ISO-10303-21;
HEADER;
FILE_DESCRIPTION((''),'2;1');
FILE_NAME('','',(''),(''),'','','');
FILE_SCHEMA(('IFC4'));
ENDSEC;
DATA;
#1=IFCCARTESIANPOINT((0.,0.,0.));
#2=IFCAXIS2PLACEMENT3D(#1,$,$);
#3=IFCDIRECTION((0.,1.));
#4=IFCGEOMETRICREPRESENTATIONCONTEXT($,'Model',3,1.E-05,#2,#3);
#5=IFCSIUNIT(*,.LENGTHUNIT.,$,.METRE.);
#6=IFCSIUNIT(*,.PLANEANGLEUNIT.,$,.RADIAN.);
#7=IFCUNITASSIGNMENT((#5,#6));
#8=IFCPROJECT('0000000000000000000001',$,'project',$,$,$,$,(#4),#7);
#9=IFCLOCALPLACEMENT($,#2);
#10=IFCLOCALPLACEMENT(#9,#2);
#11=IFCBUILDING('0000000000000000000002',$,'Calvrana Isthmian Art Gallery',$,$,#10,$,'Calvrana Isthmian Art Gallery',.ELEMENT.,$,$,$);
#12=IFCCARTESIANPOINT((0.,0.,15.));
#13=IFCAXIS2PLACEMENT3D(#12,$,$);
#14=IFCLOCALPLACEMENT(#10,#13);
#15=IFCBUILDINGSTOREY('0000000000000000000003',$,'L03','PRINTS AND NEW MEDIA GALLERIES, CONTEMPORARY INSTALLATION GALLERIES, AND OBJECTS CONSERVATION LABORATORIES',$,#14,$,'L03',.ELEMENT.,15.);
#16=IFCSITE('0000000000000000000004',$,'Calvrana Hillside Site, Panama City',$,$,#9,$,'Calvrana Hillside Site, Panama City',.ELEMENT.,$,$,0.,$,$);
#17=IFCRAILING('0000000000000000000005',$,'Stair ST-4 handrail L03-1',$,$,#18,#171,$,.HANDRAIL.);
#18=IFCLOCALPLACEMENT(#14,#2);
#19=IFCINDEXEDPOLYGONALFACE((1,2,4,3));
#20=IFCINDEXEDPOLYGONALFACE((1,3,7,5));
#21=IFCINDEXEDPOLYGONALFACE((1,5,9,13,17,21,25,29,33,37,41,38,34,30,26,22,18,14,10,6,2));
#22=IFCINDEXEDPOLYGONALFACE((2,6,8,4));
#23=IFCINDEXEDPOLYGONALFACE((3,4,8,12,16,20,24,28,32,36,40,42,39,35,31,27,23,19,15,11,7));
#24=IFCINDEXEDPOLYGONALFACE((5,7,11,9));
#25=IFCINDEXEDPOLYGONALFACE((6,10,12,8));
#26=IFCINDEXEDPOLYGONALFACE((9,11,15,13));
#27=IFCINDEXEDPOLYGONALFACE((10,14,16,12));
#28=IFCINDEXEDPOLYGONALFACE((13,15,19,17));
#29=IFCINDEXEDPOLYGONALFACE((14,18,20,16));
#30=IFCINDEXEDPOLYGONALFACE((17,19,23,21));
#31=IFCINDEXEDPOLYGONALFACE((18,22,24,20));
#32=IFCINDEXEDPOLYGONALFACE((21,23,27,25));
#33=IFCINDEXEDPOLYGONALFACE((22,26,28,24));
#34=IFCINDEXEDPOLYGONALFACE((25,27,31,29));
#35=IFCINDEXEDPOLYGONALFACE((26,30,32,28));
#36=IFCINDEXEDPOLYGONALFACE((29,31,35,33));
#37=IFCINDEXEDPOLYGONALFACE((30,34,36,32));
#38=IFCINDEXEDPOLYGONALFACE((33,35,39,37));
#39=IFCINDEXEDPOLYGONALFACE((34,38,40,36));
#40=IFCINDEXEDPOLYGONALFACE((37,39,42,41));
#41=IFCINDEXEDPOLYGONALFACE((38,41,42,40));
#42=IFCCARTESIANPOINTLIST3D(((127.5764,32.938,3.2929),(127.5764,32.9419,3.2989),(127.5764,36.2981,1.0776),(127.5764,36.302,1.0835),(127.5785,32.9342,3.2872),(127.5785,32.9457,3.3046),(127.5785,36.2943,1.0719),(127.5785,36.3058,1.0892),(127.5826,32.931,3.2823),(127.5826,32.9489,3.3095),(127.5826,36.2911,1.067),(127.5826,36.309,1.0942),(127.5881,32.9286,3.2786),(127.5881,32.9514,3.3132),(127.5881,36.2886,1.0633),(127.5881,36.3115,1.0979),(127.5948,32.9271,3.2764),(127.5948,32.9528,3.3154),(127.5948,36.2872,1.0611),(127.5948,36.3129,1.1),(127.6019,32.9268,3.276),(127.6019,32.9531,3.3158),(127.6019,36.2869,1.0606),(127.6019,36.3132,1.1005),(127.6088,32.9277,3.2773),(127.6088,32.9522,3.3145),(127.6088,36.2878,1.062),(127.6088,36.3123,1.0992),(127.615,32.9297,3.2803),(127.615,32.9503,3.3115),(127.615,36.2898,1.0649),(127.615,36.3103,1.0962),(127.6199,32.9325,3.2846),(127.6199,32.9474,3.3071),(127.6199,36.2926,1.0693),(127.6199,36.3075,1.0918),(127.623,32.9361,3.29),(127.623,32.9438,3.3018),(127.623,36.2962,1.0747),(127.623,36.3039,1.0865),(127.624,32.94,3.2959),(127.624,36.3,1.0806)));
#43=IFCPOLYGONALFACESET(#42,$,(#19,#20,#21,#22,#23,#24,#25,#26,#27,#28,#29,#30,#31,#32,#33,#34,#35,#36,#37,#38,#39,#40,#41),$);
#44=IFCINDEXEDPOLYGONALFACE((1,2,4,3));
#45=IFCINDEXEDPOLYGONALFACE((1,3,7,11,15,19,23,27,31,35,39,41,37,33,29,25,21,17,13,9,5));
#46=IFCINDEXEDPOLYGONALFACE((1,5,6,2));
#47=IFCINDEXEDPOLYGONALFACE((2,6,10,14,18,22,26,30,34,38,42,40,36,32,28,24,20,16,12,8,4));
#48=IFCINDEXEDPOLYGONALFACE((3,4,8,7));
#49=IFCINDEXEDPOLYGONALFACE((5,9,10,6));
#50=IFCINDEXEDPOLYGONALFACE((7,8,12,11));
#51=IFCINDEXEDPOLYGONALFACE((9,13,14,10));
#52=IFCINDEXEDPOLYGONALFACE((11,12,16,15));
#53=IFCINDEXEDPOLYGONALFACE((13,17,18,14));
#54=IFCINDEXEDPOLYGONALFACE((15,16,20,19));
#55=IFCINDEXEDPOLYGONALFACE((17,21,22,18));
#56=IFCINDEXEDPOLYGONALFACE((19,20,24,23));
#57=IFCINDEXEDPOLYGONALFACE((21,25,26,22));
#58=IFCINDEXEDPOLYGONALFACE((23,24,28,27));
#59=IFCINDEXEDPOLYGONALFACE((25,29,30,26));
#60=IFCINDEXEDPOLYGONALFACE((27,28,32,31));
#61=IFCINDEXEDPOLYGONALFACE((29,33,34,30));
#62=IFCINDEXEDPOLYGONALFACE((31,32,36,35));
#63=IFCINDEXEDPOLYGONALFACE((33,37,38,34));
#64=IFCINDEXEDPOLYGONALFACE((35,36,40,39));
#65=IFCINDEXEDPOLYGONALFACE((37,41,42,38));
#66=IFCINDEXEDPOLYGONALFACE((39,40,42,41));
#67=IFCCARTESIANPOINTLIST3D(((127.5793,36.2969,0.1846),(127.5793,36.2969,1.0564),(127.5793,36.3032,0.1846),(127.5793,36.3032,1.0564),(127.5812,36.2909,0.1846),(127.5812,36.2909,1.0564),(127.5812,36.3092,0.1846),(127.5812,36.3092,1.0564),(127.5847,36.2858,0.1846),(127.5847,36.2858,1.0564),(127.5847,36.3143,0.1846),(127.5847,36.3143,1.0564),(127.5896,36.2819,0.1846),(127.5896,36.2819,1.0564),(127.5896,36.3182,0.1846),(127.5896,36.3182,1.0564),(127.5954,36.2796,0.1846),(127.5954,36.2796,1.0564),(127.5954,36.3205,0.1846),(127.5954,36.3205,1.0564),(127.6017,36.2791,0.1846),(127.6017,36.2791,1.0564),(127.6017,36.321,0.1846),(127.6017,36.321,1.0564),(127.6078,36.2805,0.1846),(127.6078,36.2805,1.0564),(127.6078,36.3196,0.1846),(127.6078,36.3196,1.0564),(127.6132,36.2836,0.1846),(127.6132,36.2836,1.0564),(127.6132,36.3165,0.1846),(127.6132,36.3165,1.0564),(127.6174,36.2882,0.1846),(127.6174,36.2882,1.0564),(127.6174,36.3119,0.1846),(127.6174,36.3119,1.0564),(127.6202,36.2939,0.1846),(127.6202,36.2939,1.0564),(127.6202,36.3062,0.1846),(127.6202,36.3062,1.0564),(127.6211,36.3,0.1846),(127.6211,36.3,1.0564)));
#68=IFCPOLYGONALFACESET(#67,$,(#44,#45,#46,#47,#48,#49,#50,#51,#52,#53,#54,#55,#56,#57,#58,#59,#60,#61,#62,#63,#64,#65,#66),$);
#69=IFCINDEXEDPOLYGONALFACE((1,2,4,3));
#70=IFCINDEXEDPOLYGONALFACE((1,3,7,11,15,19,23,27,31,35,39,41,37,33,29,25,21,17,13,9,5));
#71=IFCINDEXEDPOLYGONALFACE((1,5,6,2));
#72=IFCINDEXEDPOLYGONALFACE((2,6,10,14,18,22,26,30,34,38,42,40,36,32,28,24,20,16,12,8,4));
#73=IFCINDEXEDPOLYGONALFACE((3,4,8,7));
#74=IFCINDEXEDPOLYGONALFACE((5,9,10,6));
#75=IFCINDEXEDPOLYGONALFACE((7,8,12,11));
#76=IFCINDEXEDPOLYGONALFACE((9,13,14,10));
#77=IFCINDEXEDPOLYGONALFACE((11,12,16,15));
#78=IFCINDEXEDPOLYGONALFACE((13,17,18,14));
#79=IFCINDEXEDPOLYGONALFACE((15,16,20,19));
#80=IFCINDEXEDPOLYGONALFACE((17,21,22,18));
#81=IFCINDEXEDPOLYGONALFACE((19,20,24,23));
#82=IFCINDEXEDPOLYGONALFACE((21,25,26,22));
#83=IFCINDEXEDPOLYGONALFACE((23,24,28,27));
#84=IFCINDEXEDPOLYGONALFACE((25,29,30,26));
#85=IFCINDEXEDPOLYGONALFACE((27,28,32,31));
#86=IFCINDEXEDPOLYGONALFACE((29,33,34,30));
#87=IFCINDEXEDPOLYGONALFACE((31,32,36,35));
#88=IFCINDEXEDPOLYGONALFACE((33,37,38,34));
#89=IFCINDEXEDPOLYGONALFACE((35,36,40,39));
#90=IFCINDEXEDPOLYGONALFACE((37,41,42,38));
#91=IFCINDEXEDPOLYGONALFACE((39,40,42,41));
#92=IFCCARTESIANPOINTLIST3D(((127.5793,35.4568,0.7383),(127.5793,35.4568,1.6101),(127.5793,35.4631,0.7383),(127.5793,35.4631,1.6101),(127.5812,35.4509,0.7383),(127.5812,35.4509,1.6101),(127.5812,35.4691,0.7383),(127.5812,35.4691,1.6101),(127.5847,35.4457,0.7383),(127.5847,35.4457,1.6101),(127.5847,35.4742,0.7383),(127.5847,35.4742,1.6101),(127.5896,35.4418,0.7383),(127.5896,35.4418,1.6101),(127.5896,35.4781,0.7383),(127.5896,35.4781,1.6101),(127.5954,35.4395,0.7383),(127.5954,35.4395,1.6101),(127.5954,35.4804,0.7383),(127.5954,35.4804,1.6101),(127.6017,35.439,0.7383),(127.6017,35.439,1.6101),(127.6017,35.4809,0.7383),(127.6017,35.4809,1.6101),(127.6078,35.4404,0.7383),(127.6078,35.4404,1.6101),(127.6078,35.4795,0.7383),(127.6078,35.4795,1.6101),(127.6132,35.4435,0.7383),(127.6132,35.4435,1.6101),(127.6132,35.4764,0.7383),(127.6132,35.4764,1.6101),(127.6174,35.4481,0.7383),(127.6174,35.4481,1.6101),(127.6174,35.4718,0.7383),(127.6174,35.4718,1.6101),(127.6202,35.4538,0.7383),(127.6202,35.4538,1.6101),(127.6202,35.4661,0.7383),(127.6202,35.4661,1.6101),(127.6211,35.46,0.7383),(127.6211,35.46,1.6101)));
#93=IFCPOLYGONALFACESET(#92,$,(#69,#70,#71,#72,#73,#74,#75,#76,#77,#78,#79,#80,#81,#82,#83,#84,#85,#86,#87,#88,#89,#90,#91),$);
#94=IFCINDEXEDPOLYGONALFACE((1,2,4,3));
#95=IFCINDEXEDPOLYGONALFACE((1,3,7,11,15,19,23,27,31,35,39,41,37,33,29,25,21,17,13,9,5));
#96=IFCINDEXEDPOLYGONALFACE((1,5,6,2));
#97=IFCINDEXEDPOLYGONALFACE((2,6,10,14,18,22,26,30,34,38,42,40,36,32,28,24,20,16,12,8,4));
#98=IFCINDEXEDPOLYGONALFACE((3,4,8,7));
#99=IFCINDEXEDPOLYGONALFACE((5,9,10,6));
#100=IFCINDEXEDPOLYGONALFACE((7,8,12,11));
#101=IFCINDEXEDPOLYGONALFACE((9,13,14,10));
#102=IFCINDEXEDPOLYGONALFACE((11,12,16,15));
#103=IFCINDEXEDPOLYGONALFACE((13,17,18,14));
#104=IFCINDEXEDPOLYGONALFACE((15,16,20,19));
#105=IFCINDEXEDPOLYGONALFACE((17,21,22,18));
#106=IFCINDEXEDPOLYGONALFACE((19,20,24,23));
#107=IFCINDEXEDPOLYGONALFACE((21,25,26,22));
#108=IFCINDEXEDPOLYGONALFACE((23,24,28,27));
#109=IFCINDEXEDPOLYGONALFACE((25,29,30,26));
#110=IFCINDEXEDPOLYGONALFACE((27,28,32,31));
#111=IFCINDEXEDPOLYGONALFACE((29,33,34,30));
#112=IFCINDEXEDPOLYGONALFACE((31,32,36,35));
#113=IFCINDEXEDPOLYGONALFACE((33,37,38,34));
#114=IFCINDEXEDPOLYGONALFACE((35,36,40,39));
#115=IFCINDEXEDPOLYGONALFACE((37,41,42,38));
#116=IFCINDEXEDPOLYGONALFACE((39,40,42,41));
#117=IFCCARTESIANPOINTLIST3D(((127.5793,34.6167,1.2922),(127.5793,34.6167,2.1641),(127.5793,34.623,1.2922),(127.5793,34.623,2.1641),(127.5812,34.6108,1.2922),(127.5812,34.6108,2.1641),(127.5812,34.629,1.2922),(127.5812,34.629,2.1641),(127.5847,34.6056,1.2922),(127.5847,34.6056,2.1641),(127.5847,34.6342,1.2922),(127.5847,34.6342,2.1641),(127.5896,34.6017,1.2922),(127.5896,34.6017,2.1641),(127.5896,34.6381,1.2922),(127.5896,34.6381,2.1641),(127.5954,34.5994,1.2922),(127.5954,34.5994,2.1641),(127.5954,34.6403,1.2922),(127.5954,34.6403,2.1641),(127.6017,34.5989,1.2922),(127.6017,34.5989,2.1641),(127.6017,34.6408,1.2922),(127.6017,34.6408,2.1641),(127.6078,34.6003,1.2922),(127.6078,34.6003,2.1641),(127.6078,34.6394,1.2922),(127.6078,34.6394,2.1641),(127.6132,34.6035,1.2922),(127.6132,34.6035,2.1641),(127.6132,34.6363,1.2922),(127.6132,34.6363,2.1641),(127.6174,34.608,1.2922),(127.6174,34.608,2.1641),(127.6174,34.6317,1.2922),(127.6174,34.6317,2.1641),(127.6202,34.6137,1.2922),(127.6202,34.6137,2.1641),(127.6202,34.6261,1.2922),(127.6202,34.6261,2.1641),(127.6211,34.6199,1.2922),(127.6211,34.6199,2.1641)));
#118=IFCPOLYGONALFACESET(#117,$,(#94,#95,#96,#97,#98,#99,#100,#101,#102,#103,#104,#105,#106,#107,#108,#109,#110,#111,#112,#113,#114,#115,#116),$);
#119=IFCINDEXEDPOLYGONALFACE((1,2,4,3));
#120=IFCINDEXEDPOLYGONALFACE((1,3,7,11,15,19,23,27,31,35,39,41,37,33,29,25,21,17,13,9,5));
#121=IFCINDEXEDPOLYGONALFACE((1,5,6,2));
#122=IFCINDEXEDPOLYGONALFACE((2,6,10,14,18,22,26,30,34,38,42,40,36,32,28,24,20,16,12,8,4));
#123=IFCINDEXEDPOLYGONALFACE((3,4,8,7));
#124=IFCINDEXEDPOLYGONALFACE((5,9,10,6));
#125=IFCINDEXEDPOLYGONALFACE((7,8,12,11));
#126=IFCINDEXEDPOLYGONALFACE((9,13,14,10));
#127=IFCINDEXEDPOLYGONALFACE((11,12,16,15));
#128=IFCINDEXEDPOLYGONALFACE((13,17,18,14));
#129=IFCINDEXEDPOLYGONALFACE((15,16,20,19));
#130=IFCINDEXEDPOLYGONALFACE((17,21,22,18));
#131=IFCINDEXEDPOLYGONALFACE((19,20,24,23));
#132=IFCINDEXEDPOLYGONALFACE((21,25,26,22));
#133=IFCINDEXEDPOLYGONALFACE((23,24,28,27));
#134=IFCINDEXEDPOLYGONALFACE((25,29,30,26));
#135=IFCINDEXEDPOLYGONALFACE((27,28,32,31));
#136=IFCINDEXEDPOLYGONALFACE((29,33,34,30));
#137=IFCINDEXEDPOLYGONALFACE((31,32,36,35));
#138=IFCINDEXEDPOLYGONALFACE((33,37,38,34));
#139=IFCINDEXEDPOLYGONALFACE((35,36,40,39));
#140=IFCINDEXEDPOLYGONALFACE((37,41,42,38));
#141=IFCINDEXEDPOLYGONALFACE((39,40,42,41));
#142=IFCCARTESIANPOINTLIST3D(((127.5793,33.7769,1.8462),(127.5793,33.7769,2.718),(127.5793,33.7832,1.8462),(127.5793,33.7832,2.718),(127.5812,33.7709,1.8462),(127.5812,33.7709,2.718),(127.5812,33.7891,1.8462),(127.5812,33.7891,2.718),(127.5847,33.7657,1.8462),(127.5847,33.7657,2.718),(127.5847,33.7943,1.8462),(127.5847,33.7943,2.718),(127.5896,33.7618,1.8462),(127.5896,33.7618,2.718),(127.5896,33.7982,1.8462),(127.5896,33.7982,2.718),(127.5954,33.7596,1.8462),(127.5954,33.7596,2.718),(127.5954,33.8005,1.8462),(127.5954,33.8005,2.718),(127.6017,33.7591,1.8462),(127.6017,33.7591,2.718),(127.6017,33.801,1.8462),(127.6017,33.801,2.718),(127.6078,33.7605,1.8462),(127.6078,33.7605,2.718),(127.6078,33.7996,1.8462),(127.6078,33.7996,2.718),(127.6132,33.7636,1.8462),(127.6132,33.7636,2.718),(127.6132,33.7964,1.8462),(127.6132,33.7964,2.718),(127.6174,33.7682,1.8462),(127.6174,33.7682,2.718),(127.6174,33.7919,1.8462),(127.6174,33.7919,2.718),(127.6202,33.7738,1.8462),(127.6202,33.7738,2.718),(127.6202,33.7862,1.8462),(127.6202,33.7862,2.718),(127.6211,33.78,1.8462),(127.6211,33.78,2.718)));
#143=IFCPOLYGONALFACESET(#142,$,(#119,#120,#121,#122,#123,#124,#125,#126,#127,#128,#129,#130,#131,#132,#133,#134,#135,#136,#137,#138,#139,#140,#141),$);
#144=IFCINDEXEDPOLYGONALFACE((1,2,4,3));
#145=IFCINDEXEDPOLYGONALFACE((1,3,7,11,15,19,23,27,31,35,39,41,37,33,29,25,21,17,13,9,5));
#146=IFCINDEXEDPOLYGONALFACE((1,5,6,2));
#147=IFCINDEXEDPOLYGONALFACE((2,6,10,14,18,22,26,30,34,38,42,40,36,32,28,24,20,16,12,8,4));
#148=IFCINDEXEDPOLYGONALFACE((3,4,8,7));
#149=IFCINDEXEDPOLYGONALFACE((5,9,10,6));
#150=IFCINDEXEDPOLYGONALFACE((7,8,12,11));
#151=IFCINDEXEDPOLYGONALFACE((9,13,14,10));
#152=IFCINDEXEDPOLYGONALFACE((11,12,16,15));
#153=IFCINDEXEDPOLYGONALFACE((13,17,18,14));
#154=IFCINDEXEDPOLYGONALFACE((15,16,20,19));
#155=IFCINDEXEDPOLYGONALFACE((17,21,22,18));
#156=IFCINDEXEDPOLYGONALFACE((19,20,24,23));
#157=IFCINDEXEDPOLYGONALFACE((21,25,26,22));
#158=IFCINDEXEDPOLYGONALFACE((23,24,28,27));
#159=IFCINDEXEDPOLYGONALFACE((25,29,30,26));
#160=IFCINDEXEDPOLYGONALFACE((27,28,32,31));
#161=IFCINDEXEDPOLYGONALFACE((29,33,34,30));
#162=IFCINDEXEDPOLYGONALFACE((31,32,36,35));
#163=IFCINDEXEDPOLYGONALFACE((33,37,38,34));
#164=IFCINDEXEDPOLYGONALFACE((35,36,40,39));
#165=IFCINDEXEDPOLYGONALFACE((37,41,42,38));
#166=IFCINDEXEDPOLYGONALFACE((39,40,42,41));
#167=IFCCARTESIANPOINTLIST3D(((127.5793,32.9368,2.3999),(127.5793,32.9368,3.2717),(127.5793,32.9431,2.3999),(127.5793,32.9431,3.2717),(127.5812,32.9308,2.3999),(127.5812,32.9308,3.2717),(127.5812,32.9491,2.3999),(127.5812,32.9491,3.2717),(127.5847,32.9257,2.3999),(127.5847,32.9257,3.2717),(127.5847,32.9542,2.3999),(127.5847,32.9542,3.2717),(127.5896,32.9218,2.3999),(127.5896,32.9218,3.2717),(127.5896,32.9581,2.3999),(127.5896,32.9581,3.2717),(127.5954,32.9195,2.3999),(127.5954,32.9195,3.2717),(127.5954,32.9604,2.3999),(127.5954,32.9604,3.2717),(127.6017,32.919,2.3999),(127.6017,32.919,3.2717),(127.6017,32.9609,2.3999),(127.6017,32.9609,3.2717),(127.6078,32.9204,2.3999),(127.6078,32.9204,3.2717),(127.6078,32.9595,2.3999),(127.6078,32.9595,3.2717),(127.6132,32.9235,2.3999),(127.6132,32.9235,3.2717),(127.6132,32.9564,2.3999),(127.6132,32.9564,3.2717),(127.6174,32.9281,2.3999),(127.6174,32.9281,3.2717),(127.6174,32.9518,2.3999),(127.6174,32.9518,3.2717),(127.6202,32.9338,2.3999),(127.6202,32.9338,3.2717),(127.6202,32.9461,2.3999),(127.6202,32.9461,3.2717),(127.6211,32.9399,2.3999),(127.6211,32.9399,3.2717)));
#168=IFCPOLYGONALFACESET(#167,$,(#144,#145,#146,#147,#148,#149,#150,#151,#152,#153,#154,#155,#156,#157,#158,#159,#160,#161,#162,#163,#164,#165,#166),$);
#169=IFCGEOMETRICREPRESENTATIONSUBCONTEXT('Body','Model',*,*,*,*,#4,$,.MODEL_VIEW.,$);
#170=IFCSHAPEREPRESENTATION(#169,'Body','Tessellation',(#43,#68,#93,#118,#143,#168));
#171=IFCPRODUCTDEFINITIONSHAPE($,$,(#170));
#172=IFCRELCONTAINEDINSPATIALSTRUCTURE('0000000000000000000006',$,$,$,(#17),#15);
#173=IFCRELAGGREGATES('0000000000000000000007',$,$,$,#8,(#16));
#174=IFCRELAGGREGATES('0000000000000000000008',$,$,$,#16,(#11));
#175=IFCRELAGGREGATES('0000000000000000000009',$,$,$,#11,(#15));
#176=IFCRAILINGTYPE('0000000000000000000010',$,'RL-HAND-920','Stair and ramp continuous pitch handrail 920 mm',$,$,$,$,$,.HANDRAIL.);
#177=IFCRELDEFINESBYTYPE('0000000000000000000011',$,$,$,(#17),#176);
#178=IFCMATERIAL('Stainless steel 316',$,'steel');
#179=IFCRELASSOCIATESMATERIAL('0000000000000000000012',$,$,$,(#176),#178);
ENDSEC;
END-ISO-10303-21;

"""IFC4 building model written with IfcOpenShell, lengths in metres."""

from ifc_helpers import new_model, si_unit, direction, frame, origin, origin_2d, place, context, subcontext, project, spatial, circle, extrude, material, type_object, element, save


model = new_model("IFC4")

# Units and contexts
model_context = context("Model", 3, precision=1e-05, world=origin(), true_north=direction((0.0, 1.0)))
body_context = subcontext(model_context, "Body", "Model", "MODEL_VIEW")
ifc_project = project(units=[si_unit("LENGTHUNIT", "METRE"), si_unit("PLANEANGLEUNIT", "RADIAN")], contexts=[model_context])

# Site, building, storey
site_placement = place(None, origin())
site = spatial("IfcSite", under=ifc_project, at=site_placement, Name="Calvrana Hillside Site, Panama City", LongName="Calvrana Hillside Site, Panama City", CompositionType="ELEMENT", RefElevation=0.0)
building_placement = place(site_placement, origin())
building = spatial("IfcBuilding", under=site, at=building_placement, Name="Calvrana Isthmian Art Gallery", LongName="Calvrana Isthmian Art Gallery", CompositionType="ELEMENT")
storey_placement = place(building_placement, frame((0.0, 0.0, 15.0)))
storey = spatial("IfcBuildingStorey", under=building, at=storey_placement, Name="L03", Description="PRINTS AND NEW MEDIA GALLERIES, CONTEMPORARY INSTALLATION GALLERIES, AND OBJECTS CONSERVATION LABORATORIES", LongName="L03", CompositionType="ELEMENT", Elevation=15.0)

# Shared definitions
ifc_material_1 = material(Name="Stainless steel 316", Category="steel")

# Railing
railing_type_1 = type_object("IfcRailingType", Name="RL-HAND-920", Description="Stair and ramp continuous pitch handrail 920 mm", PredefinedType="HANDRAIL", material=ifc_material_1)
railing_1_placement = place(storey_placement, frame((127.6001, 36.3, 0.1846)))
element("IfcRailing", 1, at=railing_1_placement, inside=storey, type_object=railing_type_1, Name="Stair ST-4 handrail L03-1", PredefinedType="HANDRAIL", context=body_context, shape_type="SweptSolid", body=[
    extrude(circle(Radius=0.0239, at=origin_2d()), frame((0.0, 0.0, 0.896), z_axis=(0.0, -0.834876, 0.550437), x_axis=(1.0, 0.0, 0.0)), (0.0, 0.0, 1.0), 4.0247),
    extrude(circle(Radius=0.021, at=origin_2d()), origin(), (0.0, 0.0, 1.0), 0.8718),
    extrude(circle(Radius=0.021, at=origin_2d()), frame((0.0, -0.8401, 0.5537)), (0.0, 0.0, 1.0), 0.8718),
    extrude(circle(Radius=0.021, at=origin_2d()), frame((0.0, -1.6802, 1.1077)), (0.0, 0.0, 1.0), 0.8718),
    extrude(circle(Radius=0.021, at=origin_2d()), frame((0.0, -2.52, 1.6616)), (0.0, 0.0, 1.0), 0.8718),
    extrude(circle(Radius=0.021, at=origin_2d()), frame((0.0, -3.3601, 2.2153)), (0.0, 0.0, 1.0), 0.8718),
])

save(model, "model.ifc")
